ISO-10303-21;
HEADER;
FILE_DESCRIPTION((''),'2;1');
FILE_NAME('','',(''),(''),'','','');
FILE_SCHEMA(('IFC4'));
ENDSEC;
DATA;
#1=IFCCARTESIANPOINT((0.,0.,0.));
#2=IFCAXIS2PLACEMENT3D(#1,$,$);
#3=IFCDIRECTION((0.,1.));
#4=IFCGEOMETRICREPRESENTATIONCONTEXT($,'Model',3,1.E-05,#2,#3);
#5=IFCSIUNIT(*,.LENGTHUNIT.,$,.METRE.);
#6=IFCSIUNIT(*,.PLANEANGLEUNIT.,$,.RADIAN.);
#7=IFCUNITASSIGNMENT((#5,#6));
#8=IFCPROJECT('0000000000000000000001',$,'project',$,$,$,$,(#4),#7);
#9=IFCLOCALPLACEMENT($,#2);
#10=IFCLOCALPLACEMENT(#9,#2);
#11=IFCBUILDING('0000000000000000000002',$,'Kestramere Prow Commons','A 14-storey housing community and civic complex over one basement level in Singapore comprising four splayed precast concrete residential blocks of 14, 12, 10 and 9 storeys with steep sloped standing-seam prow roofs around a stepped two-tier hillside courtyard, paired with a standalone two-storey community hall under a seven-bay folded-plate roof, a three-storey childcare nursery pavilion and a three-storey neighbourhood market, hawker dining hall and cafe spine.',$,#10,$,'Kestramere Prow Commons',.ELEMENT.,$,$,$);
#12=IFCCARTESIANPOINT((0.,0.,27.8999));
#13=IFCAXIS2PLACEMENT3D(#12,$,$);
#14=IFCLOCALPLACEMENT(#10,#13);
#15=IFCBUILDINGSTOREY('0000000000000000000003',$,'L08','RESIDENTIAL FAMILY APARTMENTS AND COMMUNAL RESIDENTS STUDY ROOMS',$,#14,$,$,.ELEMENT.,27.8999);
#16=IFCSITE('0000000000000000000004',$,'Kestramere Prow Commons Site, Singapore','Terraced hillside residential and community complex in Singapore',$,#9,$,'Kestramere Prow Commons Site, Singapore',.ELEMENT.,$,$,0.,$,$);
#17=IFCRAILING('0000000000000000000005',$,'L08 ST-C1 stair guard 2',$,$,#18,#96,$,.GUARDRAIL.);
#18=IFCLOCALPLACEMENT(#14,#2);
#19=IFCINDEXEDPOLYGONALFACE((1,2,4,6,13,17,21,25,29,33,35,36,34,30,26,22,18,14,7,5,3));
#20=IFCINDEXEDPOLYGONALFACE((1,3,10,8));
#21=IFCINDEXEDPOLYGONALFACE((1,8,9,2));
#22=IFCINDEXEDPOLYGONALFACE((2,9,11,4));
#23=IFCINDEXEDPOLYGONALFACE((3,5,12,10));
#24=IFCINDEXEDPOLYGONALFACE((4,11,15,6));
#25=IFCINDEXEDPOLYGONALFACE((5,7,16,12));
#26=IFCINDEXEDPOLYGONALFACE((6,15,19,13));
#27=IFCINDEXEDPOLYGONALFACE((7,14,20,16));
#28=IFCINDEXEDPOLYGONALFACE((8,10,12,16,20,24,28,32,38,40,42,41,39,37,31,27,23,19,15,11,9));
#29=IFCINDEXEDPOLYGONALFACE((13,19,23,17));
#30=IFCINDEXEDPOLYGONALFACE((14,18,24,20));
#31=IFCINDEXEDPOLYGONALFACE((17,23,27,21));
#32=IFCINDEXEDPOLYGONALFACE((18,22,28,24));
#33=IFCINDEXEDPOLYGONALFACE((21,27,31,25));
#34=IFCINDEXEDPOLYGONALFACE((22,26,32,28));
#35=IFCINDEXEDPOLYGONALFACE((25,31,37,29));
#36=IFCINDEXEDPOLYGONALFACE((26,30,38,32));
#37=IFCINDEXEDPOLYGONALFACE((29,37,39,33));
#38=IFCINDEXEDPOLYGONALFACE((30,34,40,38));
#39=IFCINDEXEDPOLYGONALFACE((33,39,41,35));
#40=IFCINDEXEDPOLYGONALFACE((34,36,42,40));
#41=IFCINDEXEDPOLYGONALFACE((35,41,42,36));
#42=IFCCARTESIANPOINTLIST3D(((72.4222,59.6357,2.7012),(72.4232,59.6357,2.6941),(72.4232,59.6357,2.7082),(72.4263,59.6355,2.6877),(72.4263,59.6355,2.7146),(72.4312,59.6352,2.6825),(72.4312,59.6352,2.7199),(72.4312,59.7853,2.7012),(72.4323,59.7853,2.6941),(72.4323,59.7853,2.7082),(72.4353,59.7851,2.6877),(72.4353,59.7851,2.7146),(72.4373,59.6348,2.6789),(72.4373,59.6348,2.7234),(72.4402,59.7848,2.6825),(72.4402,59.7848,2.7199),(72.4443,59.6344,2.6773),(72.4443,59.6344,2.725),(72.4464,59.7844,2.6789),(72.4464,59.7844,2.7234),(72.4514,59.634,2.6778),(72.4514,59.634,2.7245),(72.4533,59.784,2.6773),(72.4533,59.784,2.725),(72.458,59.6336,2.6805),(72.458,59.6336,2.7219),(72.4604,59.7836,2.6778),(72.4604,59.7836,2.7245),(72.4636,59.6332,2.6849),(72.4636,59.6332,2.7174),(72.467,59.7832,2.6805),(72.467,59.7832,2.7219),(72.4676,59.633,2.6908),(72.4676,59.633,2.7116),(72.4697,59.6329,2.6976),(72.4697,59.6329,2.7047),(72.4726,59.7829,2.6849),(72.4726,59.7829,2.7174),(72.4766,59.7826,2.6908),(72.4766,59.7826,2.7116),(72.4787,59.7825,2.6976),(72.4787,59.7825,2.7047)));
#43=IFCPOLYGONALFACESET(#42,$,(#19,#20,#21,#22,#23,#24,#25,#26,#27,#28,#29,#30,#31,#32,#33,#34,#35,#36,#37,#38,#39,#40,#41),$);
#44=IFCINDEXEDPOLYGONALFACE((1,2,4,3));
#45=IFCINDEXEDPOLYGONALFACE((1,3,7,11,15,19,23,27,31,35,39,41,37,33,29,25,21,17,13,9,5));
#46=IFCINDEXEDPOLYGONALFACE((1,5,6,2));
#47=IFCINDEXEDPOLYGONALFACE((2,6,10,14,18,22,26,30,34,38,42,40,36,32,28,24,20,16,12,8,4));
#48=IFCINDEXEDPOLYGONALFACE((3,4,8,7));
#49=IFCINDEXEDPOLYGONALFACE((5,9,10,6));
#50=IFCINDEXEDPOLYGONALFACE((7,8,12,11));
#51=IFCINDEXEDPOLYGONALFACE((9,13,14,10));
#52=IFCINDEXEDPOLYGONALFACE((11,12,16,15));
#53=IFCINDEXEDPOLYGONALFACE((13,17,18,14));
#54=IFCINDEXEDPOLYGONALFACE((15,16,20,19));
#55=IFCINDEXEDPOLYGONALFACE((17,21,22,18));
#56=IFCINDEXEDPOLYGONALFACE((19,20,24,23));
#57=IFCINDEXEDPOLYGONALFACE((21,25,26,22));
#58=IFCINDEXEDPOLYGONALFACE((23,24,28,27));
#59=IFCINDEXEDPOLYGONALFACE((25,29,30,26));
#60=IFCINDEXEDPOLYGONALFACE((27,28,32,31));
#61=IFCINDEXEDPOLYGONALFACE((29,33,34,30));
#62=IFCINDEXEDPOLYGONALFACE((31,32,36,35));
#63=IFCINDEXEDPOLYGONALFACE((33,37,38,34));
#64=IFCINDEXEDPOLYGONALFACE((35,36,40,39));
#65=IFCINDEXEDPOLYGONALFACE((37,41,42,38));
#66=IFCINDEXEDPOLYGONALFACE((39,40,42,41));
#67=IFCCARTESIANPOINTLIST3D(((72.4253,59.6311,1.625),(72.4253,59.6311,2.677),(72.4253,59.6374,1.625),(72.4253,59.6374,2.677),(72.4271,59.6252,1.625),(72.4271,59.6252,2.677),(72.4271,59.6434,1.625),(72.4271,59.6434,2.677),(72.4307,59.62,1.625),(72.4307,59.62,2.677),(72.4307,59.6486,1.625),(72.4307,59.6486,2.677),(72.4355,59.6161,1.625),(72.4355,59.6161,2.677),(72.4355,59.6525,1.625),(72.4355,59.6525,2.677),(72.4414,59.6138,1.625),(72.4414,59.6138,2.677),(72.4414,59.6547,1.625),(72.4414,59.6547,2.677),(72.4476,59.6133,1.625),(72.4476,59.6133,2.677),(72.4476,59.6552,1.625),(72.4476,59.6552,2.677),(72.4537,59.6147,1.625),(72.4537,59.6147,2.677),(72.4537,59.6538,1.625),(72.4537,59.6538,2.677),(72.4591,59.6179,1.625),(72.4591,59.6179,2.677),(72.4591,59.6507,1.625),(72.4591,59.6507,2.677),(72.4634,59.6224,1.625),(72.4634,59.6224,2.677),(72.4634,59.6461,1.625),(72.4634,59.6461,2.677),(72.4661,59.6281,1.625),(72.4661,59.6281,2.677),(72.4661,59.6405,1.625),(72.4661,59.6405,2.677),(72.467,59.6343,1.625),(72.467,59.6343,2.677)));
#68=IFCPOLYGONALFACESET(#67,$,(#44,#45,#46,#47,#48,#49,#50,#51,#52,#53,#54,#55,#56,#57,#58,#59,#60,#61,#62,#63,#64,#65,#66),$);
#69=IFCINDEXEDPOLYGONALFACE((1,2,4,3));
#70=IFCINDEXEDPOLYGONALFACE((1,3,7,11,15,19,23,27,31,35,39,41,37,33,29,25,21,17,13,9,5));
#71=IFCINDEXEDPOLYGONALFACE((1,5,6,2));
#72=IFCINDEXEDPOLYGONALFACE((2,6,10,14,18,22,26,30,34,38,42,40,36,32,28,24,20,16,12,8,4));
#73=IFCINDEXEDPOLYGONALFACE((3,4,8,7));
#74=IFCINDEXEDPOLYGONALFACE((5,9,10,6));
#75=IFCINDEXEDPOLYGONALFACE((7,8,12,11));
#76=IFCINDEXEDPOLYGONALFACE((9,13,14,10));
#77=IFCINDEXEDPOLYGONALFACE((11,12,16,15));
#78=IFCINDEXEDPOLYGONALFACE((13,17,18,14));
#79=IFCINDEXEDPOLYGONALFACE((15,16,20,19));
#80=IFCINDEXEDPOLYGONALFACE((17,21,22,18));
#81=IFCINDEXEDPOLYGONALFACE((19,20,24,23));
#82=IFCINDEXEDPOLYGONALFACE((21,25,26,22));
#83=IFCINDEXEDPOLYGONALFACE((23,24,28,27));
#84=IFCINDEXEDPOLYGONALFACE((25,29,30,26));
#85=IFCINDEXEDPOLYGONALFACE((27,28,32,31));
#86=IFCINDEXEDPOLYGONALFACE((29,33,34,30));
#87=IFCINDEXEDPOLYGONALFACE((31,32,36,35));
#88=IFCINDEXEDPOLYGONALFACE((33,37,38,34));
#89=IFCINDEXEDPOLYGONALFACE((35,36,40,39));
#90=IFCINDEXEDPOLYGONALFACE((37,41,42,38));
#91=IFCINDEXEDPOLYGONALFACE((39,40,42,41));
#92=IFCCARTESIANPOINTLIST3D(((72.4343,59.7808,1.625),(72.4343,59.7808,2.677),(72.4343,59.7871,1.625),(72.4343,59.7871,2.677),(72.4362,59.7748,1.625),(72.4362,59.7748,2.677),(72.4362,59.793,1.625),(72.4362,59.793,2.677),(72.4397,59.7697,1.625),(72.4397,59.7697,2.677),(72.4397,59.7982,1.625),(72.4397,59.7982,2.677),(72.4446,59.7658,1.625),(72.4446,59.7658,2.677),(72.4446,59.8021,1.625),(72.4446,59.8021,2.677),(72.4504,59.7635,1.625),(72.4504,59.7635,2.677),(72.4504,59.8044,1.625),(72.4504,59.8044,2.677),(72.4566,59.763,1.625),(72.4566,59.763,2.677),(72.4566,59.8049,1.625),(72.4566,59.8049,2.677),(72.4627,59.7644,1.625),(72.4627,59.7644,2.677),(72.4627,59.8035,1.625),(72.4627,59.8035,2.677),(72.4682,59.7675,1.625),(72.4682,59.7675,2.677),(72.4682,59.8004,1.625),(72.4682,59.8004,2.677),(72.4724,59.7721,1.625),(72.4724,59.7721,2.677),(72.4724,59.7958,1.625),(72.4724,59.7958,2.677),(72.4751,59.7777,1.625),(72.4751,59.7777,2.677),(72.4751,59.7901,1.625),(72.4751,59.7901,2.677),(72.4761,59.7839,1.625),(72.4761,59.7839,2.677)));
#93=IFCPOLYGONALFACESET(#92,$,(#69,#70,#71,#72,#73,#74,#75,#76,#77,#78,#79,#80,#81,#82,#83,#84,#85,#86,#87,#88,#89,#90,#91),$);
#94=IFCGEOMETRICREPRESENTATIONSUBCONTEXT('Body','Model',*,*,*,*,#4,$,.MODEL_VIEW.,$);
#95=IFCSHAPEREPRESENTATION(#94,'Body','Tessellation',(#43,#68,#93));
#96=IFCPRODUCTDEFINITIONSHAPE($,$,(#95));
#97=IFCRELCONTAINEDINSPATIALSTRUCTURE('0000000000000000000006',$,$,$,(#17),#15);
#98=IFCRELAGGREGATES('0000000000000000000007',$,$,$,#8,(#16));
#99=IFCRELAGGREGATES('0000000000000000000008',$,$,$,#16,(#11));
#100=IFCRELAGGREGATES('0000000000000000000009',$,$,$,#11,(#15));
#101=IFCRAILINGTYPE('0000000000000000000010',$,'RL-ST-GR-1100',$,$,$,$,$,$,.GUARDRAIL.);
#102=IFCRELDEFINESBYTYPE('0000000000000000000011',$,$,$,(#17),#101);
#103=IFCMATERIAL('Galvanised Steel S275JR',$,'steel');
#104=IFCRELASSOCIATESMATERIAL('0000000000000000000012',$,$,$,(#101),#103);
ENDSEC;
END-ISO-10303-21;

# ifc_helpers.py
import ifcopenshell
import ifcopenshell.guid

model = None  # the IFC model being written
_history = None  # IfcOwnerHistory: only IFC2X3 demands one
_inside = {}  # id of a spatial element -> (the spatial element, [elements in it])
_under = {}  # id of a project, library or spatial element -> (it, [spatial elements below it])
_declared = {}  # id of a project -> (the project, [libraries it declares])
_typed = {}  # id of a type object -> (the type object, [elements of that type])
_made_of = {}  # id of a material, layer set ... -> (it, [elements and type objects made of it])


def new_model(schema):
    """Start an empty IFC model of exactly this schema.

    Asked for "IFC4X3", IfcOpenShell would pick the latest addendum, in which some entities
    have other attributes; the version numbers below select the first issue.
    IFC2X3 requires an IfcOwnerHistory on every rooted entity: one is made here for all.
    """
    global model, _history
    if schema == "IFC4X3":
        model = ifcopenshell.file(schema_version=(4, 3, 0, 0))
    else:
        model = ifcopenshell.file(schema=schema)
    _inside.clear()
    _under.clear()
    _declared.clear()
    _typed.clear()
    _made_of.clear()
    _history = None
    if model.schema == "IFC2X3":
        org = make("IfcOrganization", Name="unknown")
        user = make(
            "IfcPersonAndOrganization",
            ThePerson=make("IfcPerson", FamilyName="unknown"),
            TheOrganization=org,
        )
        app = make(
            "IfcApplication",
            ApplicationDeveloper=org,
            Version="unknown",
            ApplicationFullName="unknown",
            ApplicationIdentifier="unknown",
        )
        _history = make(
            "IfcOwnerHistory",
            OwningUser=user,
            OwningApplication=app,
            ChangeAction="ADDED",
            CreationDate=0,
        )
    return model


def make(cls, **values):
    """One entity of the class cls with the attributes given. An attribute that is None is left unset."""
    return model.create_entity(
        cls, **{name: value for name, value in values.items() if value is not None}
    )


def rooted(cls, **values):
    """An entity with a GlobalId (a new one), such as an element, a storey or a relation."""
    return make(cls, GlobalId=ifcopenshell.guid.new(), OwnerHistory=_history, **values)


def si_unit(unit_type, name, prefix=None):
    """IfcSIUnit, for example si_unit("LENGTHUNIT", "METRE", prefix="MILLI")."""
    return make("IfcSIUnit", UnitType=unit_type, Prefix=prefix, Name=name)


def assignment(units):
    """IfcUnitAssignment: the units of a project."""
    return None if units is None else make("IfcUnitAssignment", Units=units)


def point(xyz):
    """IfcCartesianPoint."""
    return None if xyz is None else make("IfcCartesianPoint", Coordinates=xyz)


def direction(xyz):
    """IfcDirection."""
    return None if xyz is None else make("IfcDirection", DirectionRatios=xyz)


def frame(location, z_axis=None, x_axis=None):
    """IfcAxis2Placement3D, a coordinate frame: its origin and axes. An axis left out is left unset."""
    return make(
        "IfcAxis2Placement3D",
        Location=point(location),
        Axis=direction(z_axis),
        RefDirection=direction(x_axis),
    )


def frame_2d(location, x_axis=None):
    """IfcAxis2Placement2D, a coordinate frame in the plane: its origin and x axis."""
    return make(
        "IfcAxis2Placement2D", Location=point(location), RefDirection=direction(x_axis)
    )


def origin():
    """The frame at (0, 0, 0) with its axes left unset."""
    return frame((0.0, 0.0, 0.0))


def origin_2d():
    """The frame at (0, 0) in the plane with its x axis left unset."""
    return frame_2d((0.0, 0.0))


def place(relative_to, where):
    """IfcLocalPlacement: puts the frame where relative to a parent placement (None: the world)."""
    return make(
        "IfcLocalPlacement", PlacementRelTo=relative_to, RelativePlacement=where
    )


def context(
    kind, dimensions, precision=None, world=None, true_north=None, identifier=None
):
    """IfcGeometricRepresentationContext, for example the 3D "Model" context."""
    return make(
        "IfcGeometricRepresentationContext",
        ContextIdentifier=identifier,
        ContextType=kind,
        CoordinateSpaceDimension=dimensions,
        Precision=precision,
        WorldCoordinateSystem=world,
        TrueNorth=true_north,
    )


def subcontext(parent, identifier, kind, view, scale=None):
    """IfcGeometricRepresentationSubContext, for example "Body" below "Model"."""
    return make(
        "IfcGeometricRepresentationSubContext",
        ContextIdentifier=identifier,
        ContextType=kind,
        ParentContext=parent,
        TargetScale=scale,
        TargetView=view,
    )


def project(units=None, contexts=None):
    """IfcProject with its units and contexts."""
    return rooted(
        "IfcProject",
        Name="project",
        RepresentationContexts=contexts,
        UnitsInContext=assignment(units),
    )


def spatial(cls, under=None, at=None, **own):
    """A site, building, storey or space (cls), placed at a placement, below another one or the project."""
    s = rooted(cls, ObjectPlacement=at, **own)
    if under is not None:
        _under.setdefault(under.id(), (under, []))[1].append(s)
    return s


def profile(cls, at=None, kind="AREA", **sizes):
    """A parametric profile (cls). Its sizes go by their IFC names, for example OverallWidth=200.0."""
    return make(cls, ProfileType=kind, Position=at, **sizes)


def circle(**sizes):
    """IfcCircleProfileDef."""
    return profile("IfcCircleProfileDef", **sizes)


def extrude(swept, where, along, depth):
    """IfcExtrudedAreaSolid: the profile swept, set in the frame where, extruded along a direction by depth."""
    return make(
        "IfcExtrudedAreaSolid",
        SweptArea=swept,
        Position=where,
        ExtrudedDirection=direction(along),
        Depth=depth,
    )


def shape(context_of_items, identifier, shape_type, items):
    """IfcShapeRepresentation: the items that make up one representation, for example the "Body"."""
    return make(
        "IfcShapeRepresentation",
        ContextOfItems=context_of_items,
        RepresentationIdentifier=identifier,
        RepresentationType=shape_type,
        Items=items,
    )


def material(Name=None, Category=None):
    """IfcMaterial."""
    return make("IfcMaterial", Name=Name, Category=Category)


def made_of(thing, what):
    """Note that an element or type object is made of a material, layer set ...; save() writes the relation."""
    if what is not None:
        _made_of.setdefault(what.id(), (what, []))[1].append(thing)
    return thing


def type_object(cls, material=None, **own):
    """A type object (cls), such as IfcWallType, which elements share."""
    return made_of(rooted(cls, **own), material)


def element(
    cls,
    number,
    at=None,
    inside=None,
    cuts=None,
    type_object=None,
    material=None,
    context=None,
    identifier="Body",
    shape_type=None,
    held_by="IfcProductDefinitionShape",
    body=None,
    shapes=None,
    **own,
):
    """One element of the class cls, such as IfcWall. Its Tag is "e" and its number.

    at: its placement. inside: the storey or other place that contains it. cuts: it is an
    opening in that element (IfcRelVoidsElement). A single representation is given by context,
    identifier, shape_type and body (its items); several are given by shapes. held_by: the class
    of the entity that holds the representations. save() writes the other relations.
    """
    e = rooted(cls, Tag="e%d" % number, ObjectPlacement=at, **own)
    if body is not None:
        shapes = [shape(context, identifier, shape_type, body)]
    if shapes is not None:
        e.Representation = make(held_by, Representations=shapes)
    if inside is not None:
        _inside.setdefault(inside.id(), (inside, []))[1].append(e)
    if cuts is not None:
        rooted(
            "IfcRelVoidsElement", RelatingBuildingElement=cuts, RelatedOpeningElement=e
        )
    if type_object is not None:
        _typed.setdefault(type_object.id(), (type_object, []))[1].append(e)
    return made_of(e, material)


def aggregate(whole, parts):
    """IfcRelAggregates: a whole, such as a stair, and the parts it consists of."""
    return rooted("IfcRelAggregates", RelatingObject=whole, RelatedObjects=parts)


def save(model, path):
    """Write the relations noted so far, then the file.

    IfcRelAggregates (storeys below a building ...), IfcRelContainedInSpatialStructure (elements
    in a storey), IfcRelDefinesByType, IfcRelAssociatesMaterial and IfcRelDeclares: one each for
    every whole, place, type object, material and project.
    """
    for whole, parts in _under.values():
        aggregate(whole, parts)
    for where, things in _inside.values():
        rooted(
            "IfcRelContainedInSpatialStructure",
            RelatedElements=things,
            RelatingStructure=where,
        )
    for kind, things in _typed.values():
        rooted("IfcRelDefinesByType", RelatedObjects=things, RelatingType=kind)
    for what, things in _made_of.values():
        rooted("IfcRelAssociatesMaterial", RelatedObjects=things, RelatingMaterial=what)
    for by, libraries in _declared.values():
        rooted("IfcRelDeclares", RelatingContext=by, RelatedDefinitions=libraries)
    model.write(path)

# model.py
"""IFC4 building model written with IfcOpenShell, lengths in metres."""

from ifc_helpers import new_model, si_unit, direction, frame, origin, origin_2d, place, context, subcontext, project, spatial, circle, extrude, material, type_object, element, save


model = new_model("IFC4")

# Units and contexts
model_context = context("Model", 3, precision=1e-05, world=origin(), true_north=direction((0.0, 1.0)))
body_context = subcontext(model_context, "Body", "Model", "MODEL_VIEW")
ifc_project = project(units=[si_unit("LENGTHUNIT", "METRE"), si_unit("PLANEANGLEUNIT", "RADIAN")], contexts=[model_context])

# Site, building, storey
site_placement = place(None, origin())
site = spatial("IfcSite", under=ifc_project, at=site_placement, Name="Kestramere Prow Commons Site, Singapore", Description="Terraced hillside residential and community complex in Singapore", LongName="Kestramere Prow Commons Site, Singapore", CompositionType="ELEMENT", RefElevation=0.0)
building_placement = place(site_placement, origin())
building = spatial("IfcBuilding", under=site, at=building_placement, Name="Kestramere Prow Commons", Description="A 14-storey housing community and civic complex over one basement level in Singapore comprising four splayed precast concrete residential blocks of 14, 12, 10 and 9 storeys with steep sloped standing-seam prow roofs around a stepped two-tier hillside courtyard, paired with a standalone two-storey community hall under a seven-bay folded-plate roof, a three-storey childcare nursery pavilion and a three-storey neighbourhood market, hawker dining hall and cafe spine.", LongName="Kestramere Prow Commons", CompositionType="ELEMENT")
storey_placement = place(building_placement, frame((0.0, 0.0, 27.8999)))
storey = spatial("IfcBuildingStorey", under=building, at=storey_placement, Name="L08", Description="RESIDENTIAL FAMILY APARTMENTS AND COMMUNAL RESIDENTS STUDY ROOMS", CompositionType="ELEMENT", Elevation=27.8999)

# Railing
ifc_material_1 = material(Name="Galvanised Steel S275JR", Category="steel")
railing_type_1 = type_object("IfcRailingType", Name="RL-ST-GR-1100", PredefinedType="GUARDRAIL", material=ifc_material_1)
railing_1_placement = place(storey_placement, frame((72.446, 59.6343, 1.625)))
element("IfcRailing", 1, at=railing_1_placement, inside=storey, type_object=railing_type_1, Name="L08 ST-C1 stair guard 2", PredefinedType="GUARDRAIL", context=body_context, shape_type="SweptSolid", body=[
    extrude(circle(Radius=0.0239, at=origin_2d()), frame((0.0, 0.0, 1.0762), z_axis=(0.060249, 0.998183, 0.0), x_axis=(-0.998183, 0.060249, 0.0)), (0.0, 0.0, 1.0), 0.1499),
    extrude(circle(Radius=0.021, at=origin_2d()), origin(), (0.0, 0.0, 1.0), 1.052),
    extrude(circle(Radius=0.021, at=origin_2d()), frame((0.009, 0.1497, 0.0)), (0.0, 0.0, 1.0), 1.052),
])

save(model, "model.ifc")
